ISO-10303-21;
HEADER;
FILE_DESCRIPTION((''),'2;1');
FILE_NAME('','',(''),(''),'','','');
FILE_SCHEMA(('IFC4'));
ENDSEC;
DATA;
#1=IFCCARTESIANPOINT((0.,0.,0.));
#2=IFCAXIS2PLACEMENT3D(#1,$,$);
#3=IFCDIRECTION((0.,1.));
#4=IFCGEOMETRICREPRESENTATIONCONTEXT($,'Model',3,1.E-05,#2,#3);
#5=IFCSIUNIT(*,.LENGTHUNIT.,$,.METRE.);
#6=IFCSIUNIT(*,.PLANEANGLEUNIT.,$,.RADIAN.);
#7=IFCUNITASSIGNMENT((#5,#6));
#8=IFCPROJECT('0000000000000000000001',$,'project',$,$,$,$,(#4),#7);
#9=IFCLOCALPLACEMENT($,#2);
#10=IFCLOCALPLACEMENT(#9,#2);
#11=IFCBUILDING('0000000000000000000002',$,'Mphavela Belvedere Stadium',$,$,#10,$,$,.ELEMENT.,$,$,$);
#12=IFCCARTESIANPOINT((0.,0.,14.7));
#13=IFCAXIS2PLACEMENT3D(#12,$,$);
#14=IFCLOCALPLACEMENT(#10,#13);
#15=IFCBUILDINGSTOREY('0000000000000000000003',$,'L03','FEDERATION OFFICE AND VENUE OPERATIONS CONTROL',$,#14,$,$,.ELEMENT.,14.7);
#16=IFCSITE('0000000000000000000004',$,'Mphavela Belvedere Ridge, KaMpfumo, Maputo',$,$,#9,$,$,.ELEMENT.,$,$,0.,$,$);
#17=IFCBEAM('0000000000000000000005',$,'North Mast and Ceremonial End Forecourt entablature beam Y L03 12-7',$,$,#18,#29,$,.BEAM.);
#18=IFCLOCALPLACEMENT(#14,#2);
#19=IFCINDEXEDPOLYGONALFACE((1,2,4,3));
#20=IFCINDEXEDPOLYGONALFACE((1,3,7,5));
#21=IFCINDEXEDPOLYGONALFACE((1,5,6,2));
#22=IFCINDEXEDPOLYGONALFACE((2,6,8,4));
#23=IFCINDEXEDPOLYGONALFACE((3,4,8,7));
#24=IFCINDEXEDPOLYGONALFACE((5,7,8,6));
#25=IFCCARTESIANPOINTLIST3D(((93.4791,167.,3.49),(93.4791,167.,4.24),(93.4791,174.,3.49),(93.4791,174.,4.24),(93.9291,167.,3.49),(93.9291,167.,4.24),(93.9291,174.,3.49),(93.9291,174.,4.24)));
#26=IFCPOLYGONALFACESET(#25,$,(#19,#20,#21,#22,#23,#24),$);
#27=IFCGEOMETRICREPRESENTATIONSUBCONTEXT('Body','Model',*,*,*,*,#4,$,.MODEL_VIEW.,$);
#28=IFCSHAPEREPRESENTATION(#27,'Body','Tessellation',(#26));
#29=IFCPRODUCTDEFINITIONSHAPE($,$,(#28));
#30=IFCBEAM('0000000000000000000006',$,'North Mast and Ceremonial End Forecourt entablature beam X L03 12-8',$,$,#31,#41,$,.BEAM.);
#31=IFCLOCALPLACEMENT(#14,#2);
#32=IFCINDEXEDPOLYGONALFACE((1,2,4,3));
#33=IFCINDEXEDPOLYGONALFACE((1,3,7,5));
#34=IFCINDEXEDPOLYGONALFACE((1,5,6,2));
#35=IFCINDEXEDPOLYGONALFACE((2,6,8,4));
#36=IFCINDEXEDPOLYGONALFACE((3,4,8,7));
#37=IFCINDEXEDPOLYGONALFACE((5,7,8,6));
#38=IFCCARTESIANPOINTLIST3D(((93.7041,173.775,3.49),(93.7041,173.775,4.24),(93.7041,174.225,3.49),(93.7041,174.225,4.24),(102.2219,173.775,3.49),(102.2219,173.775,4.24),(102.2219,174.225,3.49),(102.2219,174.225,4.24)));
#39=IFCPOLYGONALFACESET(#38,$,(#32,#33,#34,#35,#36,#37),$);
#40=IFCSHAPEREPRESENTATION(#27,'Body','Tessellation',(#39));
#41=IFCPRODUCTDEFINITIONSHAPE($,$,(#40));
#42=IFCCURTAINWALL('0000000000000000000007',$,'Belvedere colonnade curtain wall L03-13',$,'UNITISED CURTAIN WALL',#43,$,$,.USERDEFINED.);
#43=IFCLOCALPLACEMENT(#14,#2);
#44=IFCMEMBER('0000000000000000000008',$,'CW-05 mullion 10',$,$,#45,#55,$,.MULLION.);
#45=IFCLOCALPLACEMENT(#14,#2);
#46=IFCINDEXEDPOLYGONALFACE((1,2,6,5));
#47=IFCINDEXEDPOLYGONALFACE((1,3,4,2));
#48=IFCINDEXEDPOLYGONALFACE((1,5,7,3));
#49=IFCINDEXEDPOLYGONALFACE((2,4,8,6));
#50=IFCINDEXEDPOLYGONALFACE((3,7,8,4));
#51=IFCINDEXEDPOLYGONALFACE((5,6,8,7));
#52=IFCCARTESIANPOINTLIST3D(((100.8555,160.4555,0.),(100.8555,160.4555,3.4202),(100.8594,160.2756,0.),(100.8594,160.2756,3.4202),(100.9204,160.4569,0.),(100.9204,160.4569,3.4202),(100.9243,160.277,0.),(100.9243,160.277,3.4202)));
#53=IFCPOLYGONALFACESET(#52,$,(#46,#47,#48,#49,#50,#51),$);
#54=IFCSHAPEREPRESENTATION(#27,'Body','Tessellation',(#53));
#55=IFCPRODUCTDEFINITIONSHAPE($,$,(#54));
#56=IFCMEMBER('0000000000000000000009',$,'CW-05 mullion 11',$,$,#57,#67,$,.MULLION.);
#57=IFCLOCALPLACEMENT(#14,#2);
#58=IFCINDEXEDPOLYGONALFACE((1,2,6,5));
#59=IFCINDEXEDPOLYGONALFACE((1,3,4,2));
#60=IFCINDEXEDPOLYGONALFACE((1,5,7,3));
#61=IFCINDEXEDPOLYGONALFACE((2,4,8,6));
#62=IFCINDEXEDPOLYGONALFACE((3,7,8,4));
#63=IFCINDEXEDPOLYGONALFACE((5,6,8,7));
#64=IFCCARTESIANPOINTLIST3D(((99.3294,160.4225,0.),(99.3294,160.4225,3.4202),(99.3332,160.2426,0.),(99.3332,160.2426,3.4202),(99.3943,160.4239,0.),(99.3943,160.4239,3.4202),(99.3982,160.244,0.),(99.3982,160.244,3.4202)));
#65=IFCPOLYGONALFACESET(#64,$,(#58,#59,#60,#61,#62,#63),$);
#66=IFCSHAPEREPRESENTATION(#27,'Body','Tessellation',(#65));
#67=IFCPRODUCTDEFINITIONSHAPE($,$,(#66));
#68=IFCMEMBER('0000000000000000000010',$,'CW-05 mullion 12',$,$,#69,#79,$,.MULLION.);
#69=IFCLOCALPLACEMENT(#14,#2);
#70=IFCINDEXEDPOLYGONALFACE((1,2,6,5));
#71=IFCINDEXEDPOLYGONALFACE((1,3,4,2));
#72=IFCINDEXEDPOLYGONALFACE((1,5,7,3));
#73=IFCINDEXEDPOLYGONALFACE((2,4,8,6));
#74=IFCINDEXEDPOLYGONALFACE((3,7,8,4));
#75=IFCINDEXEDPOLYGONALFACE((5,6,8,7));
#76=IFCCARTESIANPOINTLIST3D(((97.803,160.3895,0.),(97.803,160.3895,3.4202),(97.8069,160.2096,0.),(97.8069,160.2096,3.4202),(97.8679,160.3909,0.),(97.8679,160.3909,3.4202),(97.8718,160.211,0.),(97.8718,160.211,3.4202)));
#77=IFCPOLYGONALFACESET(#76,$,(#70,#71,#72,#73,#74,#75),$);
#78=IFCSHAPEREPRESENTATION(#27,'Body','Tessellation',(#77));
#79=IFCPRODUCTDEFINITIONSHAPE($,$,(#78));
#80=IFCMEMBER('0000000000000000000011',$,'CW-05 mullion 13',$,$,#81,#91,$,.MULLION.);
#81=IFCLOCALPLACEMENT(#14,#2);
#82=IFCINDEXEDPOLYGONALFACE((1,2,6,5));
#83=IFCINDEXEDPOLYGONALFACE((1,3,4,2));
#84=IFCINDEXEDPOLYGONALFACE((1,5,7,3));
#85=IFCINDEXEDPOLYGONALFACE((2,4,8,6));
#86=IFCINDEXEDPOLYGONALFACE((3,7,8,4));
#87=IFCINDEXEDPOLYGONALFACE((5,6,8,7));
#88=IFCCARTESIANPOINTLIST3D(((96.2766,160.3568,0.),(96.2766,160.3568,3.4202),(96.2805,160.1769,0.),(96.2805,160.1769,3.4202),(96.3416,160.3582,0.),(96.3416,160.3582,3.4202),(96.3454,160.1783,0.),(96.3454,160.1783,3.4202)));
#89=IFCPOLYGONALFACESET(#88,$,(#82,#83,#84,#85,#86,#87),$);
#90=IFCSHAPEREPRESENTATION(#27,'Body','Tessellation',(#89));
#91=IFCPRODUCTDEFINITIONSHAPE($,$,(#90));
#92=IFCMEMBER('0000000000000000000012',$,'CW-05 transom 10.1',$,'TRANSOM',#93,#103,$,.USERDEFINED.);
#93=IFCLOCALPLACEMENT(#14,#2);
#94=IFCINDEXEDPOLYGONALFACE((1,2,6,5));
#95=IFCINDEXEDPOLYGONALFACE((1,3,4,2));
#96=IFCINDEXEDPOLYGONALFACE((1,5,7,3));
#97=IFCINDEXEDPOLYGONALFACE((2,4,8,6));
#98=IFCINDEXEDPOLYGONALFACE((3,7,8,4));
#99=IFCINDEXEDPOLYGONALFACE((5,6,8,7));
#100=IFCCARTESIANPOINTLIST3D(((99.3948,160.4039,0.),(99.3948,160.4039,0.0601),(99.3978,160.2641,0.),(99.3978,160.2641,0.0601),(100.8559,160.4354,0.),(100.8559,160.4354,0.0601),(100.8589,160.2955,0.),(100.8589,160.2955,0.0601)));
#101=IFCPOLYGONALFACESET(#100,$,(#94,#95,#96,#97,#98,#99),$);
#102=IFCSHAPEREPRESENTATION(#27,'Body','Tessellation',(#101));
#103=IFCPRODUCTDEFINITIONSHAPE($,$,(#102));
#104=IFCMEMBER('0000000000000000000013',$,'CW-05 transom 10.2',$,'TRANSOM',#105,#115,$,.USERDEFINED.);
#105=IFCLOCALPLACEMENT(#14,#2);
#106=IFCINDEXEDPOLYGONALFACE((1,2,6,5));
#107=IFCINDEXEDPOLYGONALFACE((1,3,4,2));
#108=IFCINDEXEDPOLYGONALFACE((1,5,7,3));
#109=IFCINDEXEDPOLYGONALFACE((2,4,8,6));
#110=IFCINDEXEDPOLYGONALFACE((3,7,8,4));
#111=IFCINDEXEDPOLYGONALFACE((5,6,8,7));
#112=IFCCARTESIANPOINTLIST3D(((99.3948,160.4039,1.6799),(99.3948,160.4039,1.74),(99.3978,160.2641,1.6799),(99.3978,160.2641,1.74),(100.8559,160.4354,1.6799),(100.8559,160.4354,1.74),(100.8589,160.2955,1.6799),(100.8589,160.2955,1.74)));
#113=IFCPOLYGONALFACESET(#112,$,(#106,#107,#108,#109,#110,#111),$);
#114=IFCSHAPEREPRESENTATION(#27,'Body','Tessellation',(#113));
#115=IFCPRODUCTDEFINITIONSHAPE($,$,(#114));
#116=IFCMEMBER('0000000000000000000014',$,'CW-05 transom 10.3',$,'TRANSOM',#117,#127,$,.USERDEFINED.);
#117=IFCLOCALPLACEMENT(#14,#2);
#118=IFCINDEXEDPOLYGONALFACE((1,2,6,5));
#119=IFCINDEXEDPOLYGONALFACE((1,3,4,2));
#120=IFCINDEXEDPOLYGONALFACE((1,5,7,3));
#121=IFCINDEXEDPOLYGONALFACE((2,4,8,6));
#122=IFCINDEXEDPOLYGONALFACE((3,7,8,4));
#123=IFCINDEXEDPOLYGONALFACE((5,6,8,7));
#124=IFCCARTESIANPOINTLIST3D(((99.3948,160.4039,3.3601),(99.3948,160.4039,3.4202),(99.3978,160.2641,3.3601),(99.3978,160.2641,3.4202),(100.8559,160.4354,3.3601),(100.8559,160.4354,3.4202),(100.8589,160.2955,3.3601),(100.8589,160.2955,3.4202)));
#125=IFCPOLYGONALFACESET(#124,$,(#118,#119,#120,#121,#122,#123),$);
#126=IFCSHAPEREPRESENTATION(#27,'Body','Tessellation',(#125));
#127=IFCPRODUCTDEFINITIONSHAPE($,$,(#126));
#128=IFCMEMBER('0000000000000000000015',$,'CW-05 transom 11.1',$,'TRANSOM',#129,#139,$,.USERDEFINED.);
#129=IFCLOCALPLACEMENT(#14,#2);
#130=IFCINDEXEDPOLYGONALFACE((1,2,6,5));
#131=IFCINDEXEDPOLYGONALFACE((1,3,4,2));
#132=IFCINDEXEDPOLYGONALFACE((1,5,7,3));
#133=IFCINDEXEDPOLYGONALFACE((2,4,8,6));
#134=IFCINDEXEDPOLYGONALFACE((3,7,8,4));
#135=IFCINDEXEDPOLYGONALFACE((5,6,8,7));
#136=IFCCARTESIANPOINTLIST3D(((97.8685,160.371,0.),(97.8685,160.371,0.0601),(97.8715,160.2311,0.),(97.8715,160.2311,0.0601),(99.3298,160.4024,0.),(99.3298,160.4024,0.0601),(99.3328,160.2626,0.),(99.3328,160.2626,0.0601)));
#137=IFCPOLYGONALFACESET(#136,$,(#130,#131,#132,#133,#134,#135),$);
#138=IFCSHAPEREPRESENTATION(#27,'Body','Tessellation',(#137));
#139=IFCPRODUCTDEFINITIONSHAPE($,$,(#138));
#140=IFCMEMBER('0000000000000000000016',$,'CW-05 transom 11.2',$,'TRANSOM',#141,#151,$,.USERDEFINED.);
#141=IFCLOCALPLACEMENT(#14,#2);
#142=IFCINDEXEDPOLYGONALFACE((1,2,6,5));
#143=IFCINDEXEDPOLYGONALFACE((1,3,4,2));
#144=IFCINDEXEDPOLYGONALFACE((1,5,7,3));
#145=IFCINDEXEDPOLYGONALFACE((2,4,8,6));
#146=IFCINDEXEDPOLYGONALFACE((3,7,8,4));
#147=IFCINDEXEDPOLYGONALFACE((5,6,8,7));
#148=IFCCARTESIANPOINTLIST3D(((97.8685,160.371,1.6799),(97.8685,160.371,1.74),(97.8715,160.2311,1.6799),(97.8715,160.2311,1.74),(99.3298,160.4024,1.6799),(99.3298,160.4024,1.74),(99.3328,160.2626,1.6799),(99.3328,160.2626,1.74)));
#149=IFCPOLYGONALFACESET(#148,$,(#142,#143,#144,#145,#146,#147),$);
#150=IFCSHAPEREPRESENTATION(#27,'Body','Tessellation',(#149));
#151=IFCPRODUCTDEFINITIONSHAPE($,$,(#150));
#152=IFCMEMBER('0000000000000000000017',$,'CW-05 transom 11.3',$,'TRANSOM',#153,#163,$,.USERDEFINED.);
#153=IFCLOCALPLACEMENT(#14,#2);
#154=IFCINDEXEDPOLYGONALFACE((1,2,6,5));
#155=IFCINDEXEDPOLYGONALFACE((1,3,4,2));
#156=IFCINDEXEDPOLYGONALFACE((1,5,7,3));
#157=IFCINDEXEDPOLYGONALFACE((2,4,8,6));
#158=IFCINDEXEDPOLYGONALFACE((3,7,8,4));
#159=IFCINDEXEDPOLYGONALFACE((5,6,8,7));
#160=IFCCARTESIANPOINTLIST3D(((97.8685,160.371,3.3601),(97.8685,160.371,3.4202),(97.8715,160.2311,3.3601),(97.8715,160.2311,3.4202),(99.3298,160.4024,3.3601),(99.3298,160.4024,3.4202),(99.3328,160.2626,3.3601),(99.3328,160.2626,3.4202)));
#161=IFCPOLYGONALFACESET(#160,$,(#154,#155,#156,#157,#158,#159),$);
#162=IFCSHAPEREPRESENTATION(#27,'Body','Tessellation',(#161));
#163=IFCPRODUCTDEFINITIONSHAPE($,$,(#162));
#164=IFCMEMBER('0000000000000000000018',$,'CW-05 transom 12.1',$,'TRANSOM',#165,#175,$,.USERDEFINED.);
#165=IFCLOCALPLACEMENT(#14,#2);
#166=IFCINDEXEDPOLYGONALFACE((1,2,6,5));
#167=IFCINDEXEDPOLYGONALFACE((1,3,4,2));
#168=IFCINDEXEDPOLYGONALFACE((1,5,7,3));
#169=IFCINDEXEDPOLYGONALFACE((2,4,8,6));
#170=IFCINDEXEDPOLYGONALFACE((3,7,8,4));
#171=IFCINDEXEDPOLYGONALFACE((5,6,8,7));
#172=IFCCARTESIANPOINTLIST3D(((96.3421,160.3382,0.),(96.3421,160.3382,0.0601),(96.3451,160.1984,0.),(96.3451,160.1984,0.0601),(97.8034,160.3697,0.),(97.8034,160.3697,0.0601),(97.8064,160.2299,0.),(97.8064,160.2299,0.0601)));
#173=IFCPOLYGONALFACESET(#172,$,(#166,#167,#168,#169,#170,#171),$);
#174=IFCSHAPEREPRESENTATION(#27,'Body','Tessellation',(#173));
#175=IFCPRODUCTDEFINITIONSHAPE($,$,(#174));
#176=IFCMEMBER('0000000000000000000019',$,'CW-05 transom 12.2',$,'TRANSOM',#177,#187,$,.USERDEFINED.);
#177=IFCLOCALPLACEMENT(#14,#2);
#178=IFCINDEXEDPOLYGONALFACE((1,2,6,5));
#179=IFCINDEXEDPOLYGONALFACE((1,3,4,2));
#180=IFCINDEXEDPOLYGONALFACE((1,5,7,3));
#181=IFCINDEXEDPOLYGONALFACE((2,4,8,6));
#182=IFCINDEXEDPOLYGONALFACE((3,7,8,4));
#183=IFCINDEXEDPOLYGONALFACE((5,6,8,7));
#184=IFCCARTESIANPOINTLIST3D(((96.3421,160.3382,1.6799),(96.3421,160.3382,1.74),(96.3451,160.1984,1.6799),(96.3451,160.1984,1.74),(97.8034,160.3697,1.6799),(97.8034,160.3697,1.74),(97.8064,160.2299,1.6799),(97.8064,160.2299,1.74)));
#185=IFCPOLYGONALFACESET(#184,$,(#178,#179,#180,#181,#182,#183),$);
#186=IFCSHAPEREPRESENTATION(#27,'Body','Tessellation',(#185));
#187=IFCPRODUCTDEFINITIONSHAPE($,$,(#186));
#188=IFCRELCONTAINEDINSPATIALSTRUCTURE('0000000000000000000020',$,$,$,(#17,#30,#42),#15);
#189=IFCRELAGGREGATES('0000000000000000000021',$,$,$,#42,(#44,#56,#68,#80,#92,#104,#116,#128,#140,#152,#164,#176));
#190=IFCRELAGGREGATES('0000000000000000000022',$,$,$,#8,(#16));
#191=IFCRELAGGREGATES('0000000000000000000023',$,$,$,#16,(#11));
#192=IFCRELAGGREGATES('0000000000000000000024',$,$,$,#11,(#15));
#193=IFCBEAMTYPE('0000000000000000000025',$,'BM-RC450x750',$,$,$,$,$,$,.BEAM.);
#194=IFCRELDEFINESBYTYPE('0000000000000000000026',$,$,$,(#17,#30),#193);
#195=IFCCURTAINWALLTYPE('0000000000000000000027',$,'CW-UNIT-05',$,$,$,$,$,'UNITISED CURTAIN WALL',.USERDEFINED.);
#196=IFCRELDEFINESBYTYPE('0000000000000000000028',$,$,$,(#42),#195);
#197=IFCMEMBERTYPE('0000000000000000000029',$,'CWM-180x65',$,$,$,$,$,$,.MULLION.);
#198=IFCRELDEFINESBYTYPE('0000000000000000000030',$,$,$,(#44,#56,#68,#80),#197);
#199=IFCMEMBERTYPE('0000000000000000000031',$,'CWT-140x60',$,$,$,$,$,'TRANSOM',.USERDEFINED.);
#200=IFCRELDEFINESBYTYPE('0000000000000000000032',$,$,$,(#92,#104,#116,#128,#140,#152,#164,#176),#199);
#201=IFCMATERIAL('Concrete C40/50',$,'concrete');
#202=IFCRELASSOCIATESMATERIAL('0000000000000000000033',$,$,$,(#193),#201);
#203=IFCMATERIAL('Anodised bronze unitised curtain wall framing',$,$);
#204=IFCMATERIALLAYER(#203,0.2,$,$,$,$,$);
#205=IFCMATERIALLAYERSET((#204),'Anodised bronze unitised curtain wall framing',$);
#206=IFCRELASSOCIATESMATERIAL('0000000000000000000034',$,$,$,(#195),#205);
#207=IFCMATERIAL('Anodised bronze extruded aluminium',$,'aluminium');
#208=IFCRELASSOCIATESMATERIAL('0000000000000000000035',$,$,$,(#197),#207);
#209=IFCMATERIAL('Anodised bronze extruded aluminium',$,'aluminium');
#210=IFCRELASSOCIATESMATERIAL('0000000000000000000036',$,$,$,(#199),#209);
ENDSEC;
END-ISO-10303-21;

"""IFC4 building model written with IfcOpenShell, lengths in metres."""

from ifc_helpers import new_model, si_unit, direction, frame, origin, origin_2d, place, context, subcontext, project, spatial, rectangle, extrude, material, layer, layer_set, material_profile, profile_set, type_object, element, aggregate, save


model = new_model("IFC4")

# Units and contexts
model_context = context("Model", 3, precision=1e-05, world=origin(), true_north=direction((0.0, 1.0)))
body_context = subcontext(model_context, "Body", "Model", "MODEL_VIEW")
ifc_project = project(units=[si_unit("LENGTHUNIT", "METRE"), si_unit("PLANEANGLEUNIT", "RADIAN")], contexts=[model_context])

# Site, building, storey
site_placement = place(None, origin())
site = spatial("IfcSite", under=ifc_project, at=site_placement, Name="Mphavela Belvedere Ridge, KaMpfumo, Maputo", CompositionType="ELEMENT", RefElevation=0.0)
building_placement = place(site_placement, origin())
building = spatial("IfcBuilding", under=site, at=building_placement, Name="Mphavela Belvedere Stadium", CompositionType="ELEMENT")
storey_placement = place(building_placement, frame((0.0, 0.0, 14.7)))
storey = spatial("IfcBuildingStorey", under=building, at=storey_placement, Name="L03", Description="FEDERATION OFFICE AND VENUE OPERATIONS CONTROL", CompositionType="ELEMENT", Elevation=14.7)

# Beams
ifc_material_1 = material(Name="Concrete C40/50", Category="concrete")
ifc_material_profile_1 = material_profile(ifc_material_1, rectangle(XDim=0.45, YDim=0.75, at=origin_2d()), Name="RC 450x750")
ifc_profile_set_1 = profile_set([ifc_material_profile_1], Name="Concrete C40/50")
beam_type_1 = type_object("IfcBeamType", Name="BM-RC450x750", PredefinedType="BEAM", material=ifc_profile_set_1)
beam_1_placement = place(storey_placement, frame((93.7041, 167.0, 3.865), z_axis=(0.0, 1.0, 0.0), x_axis=(-1.0, 0.0, 0.0)))
element("IfcBeam", 1, at=beam_1_placement, inside=storey, type_object=beam_type_1, Name="North Mast and Ceremonial End Forecourt entablature beam Y L03 12-7", PredefinedType="BEAM", context=body_context, shape_type="SweptSolid", body=[
    extrude(rectangle(XDim=0.45, YDim=0.75, at=origin_2d()), origin(), (0.0, 0.0, 1.0), 7.0),
])
beam_2_placement = place(storey_placement, frame((93.7041, 174.0, 3.865), z_axis=(1.0, 0.0, 0.0), x_axis=(0.0, 1.0, 0.0)))
element("IfcBeam", 2, at=beam_2_placement, inside=storey, type_object=beam_type_1, Name="North Mast and Ceremonial End Forecourt entablature beam X L03 12-8", PredefinedType="BEAM", context=body_context, shape_type="SweptSolid", body=[
    extrude(rectangle(XDim=0.45, YDim=0.75, at=origin_2d()), origin(), (0.0, 0.0, 1.0), 8.5178),
])

# Curtain wall, members
ifc_material_2 = material(Name="Anodised bronze unitised curtain wall framing")
ifc_layer_1 = layer(ifc_material_2, 0.2)
ifc_layer_set_1 = layer_set([ifc_layer_1], Name="Anodised bronze unitised curtain wall framing")
curtain_wall_type = type_object("IfcCurtainWallType", Name="CW-UNIT-05", ElementType="UNITISED CURTAIN WALL", PredefinedType="USERDEFINED", material=ifc_layer_set_1)
curtain_wall_placement = place(storey_placement, origin())
curtain_wall = element("IfcCurtainWall", 3, at=curtain_wall_placement, inside=storey, type_object=curtain_wall_type, Name="Belvedere colonnade curtain wall L03-13", ObjectType="UNITISED CURTAIN WALL", PredefinedType="USERDEFINED")
ifc_material_3 = material(Name="Anodised bronze extruded aluminium", Category="aluminium")
ifc_material_profile_2 = material_profile(ifc_material_3, rectangle(XDim=0.1799, YDim=0.0649, at=origin_2d()), Name="CW-MUL 180x65")
ifc_profile_set_2 = profile_set([ifc_material_profile_2], Name="Anodised bronze extruded aluminium")
member_type_1 = type_object("IfcMemberType", Name="CWM-180x65", PredefinedType="MULLION", material=ifc_profile_set_2)
member_1_placement = place(storey_placement, frame((100.8899, 160.3662, 0.0), z_axis=(0.0, 0.0, 1.0), x_axis=(0.021531, -0.999768, 0.0)))
member_1 = element("IfcMember", 4, at=member_1_placement, type_object=member_type_1, Name="CW-05 mullion 10", PredefinedType="MULLION", context=body_context, shape_type="SweptSolid", body=[
    extrude(rectangle(XDim=0.1799, YDim=0.0649, at=origin_2d()), origin(), (0.0, 0.0, 1.0), 3.4202),
])
member_2_placement = place(storey_placement, frame((99.3638, 160.3333, 0.0), z_axis=(0.0, 0.0, 1.0), x_axis=(0.021531, -0.999768, 0.0)))
member_2 = element("IfcMember", 5, at=member_2_placement, type_object=member_type_1, Name="CW-05 mullion 11", PredefinedType="MULLION", context=body_context, shape_type="SweptSolid", body=[
    extrude(rectangle(XDim=0.1799, YDim=0.0649, at=origin_2d()), origin(), (0.0, 0.0, 1.0), 3.4202),
])
member_3_placement = place(storey_placement, frame((97.8374, 160.3003, 0.0), z_axis=(0.0, 0.0, 1.0), x_axis=(0.021531, -0.999768, 0.0)))
member_3 = element("IfcMember", 6, at=member_3_placement, type_object=member_type_1, Name="CW-05 mullion 12", PredefinedType="MULLION", context=body_context, shape_type="SweptSolid", body=[
    extrude(rectangle(XDim=0.1799, YDim=0.0649, at=origin_2d()), origin(), (0.0, 0.0, 1.0), 3.4202),
])
member_4_placement = place(storey_placement, frame((96.311, 160.2676, 0.0), z_axis=(0.0, 0.0, 1.0), x_axis=(0.021531, -0.999768, 0.0)))
member_4 = element("IfcMember", 7, at=member_4_placement, type_object=member_type_1, Name="CW-05 mullion 13", PredefinedType="MULLION", context=body_context, shape_type="SweptSolid", body=[
    extrude(rectangle(XDim=0.1799, YDim=0.0649, at=origin_2d()), origin(), (0.0, 0.0, 1.0), 3.4202),
])
ifc_material_4 = material(Name="Anodised bronze extruded aluminium", Category="aluminium")
ifc_material_profile_3 = material_profile(ifc_material_4, rectangle(XDim=0.1399, YDim=0.0601, at=origin_2d()), Name="CW-TRN 140x60")
ifc_profile_set_3 = profile_set([ifc_material_profile_3], Name="Anodised bronze extruded aluminium")
member_type_2 = type_object("IfcMemberType", Name="CWT-140x60", ElementType="TRANSOM", PredefinedType="USERDEFINED", material=ifc_profile_set_3)
member_5_placement = place(storey_placement, frame((100.8574, 160.3655, 0.03), z_axis=(-0.999768, -0.021549, 0.0), x_axis=(0.021549, -0.999768, 0.0)))
member_5 = element("IfcMember", 8, at=member_5_placement, type_object=member_type_2, Name="CW-05 transom 10.1", ObjectType="TRANSOM", PredefinedType="USERDEFINED", context=body_context, shape_type="SweptSolid", body=[
    extrude(rectangle(XDim=0.1399, YDim=0.0601, at=origin_2d()), origin(), (0.0, 0.0, 1.0), 1.4614),
])
member_6_placement = place(storey_placement, frame((100.8574, 160.3655, 1.71), z_axis=(-0.999768, -0.021549, 0.0), x_axis=(0.021549, -0.999768, 0.0)))
member_6 = element("IfcMember", 9, at=member_6_placement, type_object=member_type_2, Name="CW-05 transom 10.2", ObjectType="TRANSOM", PredefinedType="USERDEFINED", context=body_context, shape_type="SweptSolid", body=[
    extrude(rectangle(XDim=0.1399, YDim=0.0601, at=origin_2d()), origin(), (0.0, 0.0, 1.0), 1.4614),
])
member_7_placement = place(storey_placement, frame((100.8574, 160.3655, 3.3901), z_axis=(-0.999768, -0.021549, 0.0), x_axis=(0.021549, -0.999768, 0.0)))
member_7 = element("IfcMember", 10, at=member_7_placement, type_object=member_type_2, Name="CW-05 transom 10.3", ObjectType="TRANSOM", PredefinedType="USERDEFINED", context=body_context, shape_type="SweptSolid", body=[
    extrude(rectangle(XDim=0.1399, YDim=0.0601, at=origin_2d()), origin(), (0.0, 0.0, 1.0), 1.4614),
])
member_8_placement = place(storey_placement, frame((99.3313, 160.3325, 0.03), z_axis=(-0.999768, -0.021545, 0.0), x_axis=(0.021545, -0.999768, 0.0)))
member_8 = element("IfcMember", 11, at=member_8_placement, type_object=member_type_2, Name="CW-05 transom 11.1", ObjectType="TRANSOM", PredefinedType="USERDEFINED", context=body_context, shape_type="SweptSolid", body=[
    extrude(rectangle(XDim=0.1399, YDim=0.0601, at=origin_2d()), origin(), (0.0, 0.0, 1.0), 1.4617),
])
member_9_placement = place(storey_placement, frame((99.3313, 160.3325, 1.71), z_axis=(-0.999768, -0.021545, 0.0), x_axis=(0.021545, -0.999768, 0.0)))
member_9 = element("IfcMember", 12, at=member_9_placement, type_object=member_type_2, Name="CW-05 transom 11.2", ObjectType="TRANSOM", PredefinedType="USERDEFINED", context=body_context, shape_type="SweptSolid", body=[
    extrude(rectangle(XDim=0.1399, YDim=0.0601, at=origin_2d()), origin(), (0.0, 0.0, 1.0), 1.4617),
])
member_10_placement = place(storey_placement, frame((99.3313, 160.3325, 3.3901), z_axis=(-0.999768, -0.021545, 0.0), x_axis=(0.021545, -0.999768, 0.0)))
member_10 = element("IfcMember", 13, at=member_10_placement, type_object=member_type_2, Name="CW-05 transom 11.3", ObjectType="TRANSOM", PredefinedType="USERDEFINED", context=body_context, shape_type="SweptSolid", body=[
    extrude(rectangle(XDim=0.1399, YDim=0.0601, at=origin_2d()), origin(), (0.0, 0.0, 1.0), 1.4617),
])
member_11_placement = place(storey_placement, frame((97.8049, 160.2998, 0.03), z_axis=(-0.999768, -0.021545, 0.0), x_axis=(0.021545, -0.999768, 0.0)))
member_11 = element("IfcMember", 14, at=member_11_placement, type_object=member_type_2, Name="CW-05 transom 12.1", ObjectType="TRANSOM", PredefinedType="USERDEFINED", context=body_context, shape_type="SweptSolid", body=[
    extrude(rectangle(XDim=0.1399, YDim=0.0601, at=origin_2d()), origin(), (0.0, 0.0, 1.0), 1.4617),
])
member_12_placement = place(storey_placement, frame((97.8049, 160.2998, 1.71), z_axis=(-0.999768, -0.021545, 0.0), x_axis=(0.021545, -0.999768, 0.0)))
member_12 = element("IfcMember", 15, at=member_12_placement, type_object=member_type_2, Name="CW-05 transom 12.2", ObjectType="TRANSOM", PredefinedType="USERDEFINED", context=body_context, shape_type="SweptSolid", body=[
    extrude(rectangle(XDim=0.1399, YDim=0.0601, at=origin_2d()), origin(), (0.0, 0.0, 1.0), 1.4617),
])
aggregate(curtain_wall, [member_1, member_2, member_3, member_4, member_5, member_6, member_7, member_8, member_9, member_10, member_11, member_12])

save(model, "model.ifc")
